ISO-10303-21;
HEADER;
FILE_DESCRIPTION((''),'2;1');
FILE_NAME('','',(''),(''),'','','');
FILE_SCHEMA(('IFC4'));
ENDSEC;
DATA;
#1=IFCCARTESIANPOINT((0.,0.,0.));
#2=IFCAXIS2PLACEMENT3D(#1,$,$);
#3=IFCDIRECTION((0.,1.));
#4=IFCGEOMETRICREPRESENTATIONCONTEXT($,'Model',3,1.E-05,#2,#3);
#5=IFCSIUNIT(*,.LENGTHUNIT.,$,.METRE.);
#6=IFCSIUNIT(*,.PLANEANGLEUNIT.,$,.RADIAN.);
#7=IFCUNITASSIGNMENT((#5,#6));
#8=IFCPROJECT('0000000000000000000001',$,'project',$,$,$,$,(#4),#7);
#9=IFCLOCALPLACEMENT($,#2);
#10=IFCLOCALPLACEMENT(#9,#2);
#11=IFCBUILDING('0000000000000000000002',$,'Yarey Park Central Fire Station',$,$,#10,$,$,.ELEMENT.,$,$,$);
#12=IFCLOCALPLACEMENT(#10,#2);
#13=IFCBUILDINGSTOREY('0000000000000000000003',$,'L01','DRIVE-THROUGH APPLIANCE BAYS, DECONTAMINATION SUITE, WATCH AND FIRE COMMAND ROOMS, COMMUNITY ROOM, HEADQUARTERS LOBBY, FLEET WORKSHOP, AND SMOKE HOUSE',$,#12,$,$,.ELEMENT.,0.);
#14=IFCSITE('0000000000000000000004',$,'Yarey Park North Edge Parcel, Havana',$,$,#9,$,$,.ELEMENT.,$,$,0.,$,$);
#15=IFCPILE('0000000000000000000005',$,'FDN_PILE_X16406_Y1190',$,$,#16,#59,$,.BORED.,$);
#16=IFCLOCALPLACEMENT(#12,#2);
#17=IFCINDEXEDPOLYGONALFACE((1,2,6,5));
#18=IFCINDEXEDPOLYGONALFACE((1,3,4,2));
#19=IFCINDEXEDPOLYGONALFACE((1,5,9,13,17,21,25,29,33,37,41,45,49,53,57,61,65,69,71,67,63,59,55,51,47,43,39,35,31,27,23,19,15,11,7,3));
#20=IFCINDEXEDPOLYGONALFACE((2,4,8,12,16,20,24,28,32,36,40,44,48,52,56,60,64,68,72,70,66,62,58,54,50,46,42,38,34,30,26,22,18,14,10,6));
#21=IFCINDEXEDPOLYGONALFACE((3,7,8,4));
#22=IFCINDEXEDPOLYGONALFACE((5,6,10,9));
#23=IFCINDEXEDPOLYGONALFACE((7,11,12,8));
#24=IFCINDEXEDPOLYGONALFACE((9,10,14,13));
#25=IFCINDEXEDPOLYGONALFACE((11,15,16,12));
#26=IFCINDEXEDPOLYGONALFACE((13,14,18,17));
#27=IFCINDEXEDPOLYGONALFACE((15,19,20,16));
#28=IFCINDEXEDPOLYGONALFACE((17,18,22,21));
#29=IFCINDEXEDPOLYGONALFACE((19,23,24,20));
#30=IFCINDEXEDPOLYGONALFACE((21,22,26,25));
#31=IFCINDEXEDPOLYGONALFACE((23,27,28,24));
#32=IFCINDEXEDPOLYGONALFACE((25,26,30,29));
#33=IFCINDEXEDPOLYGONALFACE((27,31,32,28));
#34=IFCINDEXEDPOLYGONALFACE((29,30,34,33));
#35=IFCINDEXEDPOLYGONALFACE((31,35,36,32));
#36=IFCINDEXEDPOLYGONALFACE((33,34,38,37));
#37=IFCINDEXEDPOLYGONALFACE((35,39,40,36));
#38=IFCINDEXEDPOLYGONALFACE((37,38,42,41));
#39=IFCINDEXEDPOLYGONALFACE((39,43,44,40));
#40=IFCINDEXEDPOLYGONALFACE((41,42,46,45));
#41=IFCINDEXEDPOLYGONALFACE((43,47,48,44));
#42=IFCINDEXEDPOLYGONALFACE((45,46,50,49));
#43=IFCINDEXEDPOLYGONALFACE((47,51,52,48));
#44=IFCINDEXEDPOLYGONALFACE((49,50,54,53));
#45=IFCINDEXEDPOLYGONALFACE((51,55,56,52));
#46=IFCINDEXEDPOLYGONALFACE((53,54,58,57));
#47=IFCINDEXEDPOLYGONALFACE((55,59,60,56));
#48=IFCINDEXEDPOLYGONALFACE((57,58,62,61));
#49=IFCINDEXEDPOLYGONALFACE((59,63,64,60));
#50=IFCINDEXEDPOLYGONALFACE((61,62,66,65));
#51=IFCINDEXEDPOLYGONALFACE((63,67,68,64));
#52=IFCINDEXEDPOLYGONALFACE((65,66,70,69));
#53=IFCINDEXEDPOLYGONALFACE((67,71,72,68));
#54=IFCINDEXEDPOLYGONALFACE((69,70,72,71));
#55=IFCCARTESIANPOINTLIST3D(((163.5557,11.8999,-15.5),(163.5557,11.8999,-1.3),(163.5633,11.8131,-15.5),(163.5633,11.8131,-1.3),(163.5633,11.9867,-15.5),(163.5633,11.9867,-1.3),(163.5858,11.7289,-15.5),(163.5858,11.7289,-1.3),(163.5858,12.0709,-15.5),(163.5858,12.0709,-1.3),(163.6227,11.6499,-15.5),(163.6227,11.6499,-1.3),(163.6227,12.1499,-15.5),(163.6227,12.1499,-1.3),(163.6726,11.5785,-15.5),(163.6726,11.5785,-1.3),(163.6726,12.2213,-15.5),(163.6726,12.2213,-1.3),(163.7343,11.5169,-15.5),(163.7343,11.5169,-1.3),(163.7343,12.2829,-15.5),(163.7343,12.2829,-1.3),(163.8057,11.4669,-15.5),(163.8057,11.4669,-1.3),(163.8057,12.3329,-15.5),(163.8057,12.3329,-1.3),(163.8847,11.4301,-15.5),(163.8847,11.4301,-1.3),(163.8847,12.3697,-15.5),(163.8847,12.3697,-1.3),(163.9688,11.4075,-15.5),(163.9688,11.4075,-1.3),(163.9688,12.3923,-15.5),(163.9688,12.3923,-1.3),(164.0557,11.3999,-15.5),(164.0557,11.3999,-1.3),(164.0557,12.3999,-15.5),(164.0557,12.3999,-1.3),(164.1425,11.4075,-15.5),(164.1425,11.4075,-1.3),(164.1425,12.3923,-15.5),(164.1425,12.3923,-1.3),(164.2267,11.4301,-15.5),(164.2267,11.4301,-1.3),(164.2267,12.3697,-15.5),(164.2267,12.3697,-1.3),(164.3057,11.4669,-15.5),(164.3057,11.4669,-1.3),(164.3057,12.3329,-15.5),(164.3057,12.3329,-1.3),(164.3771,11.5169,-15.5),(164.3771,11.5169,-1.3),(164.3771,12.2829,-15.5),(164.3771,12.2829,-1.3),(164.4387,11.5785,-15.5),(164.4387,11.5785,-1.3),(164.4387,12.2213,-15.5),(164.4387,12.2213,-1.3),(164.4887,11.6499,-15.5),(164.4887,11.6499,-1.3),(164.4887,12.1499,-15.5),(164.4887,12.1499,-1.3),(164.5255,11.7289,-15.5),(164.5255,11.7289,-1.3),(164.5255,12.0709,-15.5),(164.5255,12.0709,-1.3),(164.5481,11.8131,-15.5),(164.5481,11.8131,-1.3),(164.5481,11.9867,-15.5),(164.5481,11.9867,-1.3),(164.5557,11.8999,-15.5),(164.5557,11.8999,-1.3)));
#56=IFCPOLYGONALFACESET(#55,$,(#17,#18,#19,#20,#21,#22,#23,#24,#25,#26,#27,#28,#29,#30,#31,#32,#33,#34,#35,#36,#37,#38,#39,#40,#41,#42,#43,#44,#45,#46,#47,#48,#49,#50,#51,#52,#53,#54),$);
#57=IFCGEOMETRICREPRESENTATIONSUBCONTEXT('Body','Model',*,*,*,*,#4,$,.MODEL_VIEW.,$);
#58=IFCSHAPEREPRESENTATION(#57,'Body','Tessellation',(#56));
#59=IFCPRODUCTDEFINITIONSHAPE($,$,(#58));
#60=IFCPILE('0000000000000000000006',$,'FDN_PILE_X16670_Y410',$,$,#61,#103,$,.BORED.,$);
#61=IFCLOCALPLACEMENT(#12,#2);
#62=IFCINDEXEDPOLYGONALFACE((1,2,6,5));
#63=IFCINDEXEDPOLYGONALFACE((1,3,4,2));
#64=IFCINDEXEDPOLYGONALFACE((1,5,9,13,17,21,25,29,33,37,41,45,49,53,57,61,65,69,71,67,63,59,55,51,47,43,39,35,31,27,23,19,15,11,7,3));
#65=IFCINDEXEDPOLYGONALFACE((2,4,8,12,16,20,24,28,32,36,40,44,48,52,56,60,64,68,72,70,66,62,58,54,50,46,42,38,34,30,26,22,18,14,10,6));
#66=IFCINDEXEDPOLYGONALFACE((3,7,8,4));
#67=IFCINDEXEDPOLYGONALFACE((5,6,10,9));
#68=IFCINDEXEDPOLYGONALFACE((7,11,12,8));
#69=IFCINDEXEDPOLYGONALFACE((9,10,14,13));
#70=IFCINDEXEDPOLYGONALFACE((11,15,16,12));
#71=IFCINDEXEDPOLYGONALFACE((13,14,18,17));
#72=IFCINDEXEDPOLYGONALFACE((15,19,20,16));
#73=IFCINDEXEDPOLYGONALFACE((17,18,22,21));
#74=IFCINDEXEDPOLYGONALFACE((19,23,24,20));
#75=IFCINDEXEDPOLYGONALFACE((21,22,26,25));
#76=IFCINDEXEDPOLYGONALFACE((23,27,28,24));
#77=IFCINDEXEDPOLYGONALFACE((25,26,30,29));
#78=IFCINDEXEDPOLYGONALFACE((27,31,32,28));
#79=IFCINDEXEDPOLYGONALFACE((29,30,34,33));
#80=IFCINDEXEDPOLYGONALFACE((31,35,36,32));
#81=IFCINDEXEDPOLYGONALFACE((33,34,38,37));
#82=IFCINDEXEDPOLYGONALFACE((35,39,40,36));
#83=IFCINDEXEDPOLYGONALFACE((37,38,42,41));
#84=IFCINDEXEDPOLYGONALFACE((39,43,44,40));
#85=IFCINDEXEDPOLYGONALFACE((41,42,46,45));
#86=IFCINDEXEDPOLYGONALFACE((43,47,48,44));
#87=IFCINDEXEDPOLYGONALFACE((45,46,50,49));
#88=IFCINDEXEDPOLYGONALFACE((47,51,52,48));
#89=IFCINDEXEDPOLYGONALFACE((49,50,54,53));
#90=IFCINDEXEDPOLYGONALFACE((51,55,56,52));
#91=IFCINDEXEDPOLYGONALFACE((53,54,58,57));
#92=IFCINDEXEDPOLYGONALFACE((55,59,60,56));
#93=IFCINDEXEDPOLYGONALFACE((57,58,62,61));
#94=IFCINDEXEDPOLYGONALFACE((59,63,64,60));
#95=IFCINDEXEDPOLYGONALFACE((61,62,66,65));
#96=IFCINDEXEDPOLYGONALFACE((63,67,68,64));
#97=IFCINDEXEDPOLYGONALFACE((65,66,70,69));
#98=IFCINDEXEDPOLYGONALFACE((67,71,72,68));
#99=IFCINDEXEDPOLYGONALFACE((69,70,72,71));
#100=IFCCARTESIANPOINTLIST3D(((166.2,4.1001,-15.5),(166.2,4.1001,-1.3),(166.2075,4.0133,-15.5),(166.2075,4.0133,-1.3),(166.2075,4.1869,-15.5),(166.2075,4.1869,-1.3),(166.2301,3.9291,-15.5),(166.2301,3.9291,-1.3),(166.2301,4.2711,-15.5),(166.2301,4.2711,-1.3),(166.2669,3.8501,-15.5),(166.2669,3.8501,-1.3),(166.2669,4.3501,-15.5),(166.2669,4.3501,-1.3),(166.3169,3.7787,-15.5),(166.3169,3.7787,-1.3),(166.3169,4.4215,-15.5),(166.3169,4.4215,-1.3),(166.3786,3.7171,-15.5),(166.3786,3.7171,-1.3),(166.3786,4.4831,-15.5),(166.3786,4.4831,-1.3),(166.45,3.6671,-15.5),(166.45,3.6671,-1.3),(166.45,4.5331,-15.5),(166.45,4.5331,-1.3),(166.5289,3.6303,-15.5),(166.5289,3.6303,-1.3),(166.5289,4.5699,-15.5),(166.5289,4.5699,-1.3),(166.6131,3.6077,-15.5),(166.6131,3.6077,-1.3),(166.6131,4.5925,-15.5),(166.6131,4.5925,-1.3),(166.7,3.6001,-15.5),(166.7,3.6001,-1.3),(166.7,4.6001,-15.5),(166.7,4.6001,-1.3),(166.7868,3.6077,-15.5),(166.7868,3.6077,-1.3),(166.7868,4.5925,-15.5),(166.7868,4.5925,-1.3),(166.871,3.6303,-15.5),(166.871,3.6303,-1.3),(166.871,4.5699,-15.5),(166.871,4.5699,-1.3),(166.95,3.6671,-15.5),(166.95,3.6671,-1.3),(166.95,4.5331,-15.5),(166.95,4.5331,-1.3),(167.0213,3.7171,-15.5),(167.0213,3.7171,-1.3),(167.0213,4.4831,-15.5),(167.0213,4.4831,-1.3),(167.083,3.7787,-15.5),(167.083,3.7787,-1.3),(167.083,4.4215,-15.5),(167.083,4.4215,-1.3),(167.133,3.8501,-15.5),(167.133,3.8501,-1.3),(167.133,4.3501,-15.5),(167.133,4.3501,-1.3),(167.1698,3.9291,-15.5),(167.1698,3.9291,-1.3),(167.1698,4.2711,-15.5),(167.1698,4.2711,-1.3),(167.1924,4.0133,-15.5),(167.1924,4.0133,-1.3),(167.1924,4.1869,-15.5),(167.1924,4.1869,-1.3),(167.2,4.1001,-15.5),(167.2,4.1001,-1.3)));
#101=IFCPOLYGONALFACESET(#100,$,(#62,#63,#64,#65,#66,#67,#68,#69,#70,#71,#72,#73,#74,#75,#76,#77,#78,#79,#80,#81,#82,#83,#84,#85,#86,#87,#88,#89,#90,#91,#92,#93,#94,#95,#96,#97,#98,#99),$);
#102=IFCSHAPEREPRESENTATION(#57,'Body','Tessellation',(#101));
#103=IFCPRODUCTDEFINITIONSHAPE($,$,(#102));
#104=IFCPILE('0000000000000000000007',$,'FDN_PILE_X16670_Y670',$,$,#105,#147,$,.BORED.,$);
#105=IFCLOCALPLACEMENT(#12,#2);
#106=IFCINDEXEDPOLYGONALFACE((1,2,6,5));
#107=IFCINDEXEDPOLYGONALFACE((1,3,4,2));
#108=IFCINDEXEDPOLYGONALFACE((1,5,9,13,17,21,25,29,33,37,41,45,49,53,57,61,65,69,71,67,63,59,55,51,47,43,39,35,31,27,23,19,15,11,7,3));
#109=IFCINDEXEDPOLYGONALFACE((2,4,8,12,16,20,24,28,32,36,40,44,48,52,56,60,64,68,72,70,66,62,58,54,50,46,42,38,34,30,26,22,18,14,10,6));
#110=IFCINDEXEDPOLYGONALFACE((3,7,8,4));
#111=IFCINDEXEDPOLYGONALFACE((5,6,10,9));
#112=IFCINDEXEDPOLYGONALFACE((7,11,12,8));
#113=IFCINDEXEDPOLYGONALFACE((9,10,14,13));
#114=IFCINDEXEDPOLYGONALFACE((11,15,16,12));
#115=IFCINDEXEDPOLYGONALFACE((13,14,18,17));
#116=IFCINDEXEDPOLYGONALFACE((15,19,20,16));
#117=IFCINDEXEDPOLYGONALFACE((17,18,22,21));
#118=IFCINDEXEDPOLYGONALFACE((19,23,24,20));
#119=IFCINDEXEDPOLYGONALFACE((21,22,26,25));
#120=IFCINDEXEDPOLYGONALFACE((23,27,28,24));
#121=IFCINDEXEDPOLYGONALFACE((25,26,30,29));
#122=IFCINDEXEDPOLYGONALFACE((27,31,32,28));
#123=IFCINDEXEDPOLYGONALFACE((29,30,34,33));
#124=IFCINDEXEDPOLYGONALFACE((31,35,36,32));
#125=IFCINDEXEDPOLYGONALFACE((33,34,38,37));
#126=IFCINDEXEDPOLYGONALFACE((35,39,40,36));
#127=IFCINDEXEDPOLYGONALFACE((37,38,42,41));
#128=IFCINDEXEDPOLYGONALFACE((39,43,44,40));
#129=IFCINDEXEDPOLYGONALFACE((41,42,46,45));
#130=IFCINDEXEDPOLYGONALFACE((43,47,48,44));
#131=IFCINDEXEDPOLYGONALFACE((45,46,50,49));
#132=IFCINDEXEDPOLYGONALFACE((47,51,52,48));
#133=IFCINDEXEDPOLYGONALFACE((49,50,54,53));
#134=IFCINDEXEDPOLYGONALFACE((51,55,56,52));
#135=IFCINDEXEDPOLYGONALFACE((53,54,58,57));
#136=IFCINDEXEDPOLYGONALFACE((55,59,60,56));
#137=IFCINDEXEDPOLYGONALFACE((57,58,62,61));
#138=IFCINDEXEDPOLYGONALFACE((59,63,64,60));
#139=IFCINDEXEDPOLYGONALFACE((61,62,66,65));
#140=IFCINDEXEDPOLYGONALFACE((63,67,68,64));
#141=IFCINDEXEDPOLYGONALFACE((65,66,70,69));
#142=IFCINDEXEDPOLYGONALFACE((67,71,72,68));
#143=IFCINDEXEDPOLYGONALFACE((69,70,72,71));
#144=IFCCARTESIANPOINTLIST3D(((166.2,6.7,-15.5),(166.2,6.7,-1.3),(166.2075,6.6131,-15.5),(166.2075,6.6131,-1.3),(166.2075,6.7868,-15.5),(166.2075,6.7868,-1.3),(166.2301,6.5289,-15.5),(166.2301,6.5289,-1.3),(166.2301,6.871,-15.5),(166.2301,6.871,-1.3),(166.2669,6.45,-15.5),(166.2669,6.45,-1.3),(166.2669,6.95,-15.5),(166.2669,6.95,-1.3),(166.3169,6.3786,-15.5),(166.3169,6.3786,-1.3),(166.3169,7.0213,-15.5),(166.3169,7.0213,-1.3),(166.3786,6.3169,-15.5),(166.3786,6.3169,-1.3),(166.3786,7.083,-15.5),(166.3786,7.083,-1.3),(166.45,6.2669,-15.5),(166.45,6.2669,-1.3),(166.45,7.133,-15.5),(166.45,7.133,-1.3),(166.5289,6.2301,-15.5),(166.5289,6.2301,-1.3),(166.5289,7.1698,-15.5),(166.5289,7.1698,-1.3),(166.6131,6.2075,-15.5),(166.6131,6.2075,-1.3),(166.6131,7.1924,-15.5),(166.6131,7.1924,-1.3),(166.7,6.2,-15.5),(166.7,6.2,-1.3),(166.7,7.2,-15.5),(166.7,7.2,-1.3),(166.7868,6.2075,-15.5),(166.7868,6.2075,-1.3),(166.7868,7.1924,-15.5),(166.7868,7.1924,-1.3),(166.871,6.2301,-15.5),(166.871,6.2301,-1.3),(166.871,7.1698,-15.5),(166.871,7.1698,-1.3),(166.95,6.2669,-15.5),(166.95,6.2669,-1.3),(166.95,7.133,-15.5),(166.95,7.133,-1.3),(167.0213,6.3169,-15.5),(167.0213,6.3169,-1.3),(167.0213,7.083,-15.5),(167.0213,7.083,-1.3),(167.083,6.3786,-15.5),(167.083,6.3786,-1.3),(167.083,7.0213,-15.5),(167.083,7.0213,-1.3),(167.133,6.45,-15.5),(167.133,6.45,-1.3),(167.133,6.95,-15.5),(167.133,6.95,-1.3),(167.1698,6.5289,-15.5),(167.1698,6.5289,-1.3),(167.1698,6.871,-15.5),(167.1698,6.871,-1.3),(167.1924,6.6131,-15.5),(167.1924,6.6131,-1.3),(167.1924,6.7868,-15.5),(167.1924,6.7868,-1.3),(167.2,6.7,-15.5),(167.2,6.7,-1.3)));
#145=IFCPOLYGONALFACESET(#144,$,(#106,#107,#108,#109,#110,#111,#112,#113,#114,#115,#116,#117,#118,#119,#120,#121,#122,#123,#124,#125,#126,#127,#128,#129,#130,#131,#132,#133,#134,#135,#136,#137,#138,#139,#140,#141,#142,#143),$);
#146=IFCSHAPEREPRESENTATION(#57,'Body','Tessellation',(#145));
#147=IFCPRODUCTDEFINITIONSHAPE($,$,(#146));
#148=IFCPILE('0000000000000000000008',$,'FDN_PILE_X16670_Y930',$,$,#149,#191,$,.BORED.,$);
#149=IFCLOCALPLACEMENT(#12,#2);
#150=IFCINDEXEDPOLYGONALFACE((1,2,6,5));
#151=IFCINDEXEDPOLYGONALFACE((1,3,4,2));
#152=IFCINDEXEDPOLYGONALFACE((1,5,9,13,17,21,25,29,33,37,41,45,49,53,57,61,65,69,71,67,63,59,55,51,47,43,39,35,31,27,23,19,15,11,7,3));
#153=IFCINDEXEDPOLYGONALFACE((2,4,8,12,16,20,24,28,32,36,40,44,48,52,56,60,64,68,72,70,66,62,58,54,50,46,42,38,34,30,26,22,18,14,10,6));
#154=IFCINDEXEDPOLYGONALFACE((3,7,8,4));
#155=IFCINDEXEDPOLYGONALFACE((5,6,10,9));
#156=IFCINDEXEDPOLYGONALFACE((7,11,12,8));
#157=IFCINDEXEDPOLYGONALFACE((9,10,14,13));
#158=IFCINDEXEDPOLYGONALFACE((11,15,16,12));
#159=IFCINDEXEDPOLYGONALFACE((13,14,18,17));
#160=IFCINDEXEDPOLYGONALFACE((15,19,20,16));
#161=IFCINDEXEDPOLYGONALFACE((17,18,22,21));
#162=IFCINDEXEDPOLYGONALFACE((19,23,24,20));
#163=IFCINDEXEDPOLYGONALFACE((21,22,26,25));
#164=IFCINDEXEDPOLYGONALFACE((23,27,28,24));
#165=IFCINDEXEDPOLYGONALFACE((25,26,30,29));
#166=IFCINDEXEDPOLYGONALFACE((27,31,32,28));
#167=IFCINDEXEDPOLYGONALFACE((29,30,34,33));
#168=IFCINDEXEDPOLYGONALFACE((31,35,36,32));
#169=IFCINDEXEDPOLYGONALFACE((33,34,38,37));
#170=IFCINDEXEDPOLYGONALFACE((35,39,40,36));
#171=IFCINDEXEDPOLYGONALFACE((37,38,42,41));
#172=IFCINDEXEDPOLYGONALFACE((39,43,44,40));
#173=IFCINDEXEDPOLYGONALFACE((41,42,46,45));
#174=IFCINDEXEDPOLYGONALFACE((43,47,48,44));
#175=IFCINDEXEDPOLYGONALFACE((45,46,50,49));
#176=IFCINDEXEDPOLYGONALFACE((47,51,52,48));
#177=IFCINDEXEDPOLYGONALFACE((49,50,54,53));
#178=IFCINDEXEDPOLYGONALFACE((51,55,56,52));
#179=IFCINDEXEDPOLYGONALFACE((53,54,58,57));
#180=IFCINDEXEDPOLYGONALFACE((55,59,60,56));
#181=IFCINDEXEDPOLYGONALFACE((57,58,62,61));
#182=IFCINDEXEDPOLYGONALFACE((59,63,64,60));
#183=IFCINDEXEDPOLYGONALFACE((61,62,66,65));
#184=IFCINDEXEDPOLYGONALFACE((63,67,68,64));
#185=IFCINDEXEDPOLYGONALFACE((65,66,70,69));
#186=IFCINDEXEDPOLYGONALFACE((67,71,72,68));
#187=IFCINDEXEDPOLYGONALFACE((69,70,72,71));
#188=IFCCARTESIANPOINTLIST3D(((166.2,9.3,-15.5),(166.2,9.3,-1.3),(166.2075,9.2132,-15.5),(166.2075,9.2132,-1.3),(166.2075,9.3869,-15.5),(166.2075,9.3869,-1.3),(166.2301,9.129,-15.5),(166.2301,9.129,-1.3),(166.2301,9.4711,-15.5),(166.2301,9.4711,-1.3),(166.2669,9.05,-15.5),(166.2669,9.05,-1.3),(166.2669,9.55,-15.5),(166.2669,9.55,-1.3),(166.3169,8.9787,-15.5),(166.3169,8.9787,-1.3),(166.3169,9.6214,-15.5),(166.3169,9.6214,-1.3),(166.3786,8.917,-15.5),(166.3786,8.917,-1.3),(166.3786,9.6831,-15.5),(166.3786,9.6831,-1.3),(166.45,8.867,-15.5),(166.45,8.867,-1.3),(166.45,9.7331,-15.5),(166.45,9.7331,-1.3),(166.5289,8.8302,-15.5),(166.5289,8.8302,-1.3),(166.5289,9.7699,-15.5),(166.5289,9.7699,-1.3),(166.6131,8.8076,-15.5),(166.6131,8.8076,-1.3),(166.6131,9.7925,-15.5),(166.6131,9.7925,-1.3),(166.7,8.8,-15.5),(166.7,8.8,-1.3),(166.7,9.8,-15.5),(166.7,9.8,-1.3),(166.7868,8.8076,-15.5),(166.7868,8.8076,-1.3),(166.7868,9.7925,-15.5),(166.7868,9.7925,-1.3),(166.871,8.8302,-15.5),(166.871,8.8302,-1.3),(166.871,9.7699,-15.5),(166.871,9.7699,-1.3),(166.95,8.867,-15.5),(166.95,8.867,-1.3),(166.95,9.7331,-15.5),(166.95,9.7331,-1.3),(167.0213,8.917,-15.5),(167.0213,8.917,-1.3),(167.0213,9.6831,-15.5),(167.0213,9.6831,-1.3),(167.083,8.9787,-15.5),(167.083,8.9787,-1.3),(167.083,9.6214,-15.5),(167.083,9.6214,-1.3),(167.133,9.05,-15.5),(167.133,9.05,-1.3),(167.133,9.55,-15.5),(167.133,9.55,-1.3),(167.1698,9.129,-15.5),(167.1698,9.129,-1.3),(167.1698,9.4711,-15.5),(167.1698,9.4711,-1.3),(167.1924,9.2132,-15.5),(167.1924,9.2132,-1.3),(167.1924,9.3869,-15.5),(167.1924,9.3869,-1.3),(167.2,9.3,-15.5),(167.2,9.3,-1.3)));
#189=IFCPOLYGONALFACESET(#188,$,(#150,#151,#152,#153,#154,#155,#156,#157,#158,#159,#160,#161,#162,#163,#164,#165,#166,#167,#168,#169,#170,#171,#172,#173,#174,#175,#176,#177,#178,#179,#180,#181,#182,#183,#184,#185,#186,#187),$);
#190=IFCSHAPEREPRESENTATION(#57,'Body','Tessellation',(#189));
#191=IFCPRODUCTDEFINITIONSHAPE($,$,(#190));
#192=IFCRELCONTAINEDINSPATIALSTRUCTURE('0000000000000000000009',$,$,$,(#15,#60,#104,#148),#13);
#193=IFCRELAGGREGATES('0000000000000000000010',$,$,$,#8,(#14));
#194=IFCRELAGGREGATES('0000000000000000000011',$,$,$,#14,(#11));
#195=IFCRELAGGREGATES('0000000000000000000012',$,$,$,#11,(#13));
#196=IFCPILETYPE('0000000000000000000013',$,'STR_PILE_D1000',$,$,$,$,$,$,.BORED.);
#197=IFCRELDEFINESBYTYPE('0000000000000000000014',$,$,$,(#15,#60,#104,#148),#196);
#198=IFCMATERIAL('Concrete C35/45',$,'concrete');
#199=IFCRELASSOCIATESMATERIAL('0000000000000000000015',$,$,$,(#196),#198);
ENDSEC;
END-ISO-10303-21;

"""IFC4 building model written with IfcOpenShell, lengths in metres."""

from ifc_helpers import new_model, si_unit, direction, frame, origin, origin_2d, place, context, subcontext, project, spatial, circle, extrude, material, material_profile, profile_set, type_object, element, save


model = new_model("IFC4")

# Units and contexts
model_context = context("Model", 3, precision=1e-05, world=origin(), true_north=direction((0.0, 1.0)))
body_context = subcontext(model_context, "Body", "Model", "MODEL_VIEW")
ifc_project = project(units=[si_unit("LENGTHUNIT", "METRE"), si_unit("PLANEANGLEUNIT", "RADIAN")], contexts=[model_context])

# Site, building, storey
site_placement = place(None, origin())
site = spatial("IfcSite", under=ifc_project, at=site_placement, Name="Yarey Park North Edge Parcel, Havana", CompositionType="ELEMENT", RefElevation=0.0)
building_placement = place(site_placement, origin())
building = spatial("IfcBuilding", under=site, at=building_placement, Name="Yarey Park Central Fire Station", CompositionType="ELEMENT")
storey_placement = place(building_placement, origin())
storey = spatial("IfcBuildingStorey", under=building, at=storey_placement, Name="L01", Description="DRIVE-THROUGH APPLIANCE BAYS, DECONTAMINATION SUITE, WATCH AND FIRE COMMAND ROOMS, COMMUNITY ROOM, HEADQUARTERS LOBBY, FLEET WORKSHOP, AND SMOKE HOUSE", CompositionType="ELEMENT", Elevation=0.0)

# Shared definitions
ifc_material_1 = material(Name="Concrete C35/45", Category="concrete")

# Piles
ifc_material_profile_1 = material_profile(ifc_material_1, circle(Radius=0.5, at=origin_2d()), Name="BORED PILE D1000")
ifc_profile_set_1 = profile_set([ifc_material_profile_1], Name="Concrete C35/45")
pile_type = type_object("IfcPileType", Name="STR_PILE_D1000", PredefinedType="BORED", material=ifc_profile_set_1)
for number, where, z_axis, x_axis, name in (
    (1, (164.0557, 11.8999, -1.3), (0.0, 0.0, -1.0), (1.0, 0.0, 0.0), "FDN_PILE_X16406_Y1190"),
    (2, (166.7, 4.1001, -1.3), (0.0, 0.0, -1.0), (1.0, 0.0, 0.0), "FDN_PILE_X16670_Y410"),
    (3, (166.7, 6.7, -1.3), (0.0, 0.0, -1.0), (1.0, 0.0, 0.0), "FDN_PILE_X16670_Y670"),
    (4, (166.7, 9.3, -1.3), (0.0, 0.0, -1.0), (1.0, 0.0, 0.0), "FDN_PILE_X16670_Y930"),
):
    element("IfcPile", number, at=place(storey_placement, frame(where, z_axis=z_axis, x_axis=x_axis)), inside=storey, type_object=pile_type, Name=name, PredefinedType="BORED", context=body_context, shape_type="SweptSolid", body=[
        extrude(circle(Radius=0.5, at=origin_2d()), origin(), (0.0, 0.0, 1.0), 14.2),
    ])

save(model, "model.ifc")
